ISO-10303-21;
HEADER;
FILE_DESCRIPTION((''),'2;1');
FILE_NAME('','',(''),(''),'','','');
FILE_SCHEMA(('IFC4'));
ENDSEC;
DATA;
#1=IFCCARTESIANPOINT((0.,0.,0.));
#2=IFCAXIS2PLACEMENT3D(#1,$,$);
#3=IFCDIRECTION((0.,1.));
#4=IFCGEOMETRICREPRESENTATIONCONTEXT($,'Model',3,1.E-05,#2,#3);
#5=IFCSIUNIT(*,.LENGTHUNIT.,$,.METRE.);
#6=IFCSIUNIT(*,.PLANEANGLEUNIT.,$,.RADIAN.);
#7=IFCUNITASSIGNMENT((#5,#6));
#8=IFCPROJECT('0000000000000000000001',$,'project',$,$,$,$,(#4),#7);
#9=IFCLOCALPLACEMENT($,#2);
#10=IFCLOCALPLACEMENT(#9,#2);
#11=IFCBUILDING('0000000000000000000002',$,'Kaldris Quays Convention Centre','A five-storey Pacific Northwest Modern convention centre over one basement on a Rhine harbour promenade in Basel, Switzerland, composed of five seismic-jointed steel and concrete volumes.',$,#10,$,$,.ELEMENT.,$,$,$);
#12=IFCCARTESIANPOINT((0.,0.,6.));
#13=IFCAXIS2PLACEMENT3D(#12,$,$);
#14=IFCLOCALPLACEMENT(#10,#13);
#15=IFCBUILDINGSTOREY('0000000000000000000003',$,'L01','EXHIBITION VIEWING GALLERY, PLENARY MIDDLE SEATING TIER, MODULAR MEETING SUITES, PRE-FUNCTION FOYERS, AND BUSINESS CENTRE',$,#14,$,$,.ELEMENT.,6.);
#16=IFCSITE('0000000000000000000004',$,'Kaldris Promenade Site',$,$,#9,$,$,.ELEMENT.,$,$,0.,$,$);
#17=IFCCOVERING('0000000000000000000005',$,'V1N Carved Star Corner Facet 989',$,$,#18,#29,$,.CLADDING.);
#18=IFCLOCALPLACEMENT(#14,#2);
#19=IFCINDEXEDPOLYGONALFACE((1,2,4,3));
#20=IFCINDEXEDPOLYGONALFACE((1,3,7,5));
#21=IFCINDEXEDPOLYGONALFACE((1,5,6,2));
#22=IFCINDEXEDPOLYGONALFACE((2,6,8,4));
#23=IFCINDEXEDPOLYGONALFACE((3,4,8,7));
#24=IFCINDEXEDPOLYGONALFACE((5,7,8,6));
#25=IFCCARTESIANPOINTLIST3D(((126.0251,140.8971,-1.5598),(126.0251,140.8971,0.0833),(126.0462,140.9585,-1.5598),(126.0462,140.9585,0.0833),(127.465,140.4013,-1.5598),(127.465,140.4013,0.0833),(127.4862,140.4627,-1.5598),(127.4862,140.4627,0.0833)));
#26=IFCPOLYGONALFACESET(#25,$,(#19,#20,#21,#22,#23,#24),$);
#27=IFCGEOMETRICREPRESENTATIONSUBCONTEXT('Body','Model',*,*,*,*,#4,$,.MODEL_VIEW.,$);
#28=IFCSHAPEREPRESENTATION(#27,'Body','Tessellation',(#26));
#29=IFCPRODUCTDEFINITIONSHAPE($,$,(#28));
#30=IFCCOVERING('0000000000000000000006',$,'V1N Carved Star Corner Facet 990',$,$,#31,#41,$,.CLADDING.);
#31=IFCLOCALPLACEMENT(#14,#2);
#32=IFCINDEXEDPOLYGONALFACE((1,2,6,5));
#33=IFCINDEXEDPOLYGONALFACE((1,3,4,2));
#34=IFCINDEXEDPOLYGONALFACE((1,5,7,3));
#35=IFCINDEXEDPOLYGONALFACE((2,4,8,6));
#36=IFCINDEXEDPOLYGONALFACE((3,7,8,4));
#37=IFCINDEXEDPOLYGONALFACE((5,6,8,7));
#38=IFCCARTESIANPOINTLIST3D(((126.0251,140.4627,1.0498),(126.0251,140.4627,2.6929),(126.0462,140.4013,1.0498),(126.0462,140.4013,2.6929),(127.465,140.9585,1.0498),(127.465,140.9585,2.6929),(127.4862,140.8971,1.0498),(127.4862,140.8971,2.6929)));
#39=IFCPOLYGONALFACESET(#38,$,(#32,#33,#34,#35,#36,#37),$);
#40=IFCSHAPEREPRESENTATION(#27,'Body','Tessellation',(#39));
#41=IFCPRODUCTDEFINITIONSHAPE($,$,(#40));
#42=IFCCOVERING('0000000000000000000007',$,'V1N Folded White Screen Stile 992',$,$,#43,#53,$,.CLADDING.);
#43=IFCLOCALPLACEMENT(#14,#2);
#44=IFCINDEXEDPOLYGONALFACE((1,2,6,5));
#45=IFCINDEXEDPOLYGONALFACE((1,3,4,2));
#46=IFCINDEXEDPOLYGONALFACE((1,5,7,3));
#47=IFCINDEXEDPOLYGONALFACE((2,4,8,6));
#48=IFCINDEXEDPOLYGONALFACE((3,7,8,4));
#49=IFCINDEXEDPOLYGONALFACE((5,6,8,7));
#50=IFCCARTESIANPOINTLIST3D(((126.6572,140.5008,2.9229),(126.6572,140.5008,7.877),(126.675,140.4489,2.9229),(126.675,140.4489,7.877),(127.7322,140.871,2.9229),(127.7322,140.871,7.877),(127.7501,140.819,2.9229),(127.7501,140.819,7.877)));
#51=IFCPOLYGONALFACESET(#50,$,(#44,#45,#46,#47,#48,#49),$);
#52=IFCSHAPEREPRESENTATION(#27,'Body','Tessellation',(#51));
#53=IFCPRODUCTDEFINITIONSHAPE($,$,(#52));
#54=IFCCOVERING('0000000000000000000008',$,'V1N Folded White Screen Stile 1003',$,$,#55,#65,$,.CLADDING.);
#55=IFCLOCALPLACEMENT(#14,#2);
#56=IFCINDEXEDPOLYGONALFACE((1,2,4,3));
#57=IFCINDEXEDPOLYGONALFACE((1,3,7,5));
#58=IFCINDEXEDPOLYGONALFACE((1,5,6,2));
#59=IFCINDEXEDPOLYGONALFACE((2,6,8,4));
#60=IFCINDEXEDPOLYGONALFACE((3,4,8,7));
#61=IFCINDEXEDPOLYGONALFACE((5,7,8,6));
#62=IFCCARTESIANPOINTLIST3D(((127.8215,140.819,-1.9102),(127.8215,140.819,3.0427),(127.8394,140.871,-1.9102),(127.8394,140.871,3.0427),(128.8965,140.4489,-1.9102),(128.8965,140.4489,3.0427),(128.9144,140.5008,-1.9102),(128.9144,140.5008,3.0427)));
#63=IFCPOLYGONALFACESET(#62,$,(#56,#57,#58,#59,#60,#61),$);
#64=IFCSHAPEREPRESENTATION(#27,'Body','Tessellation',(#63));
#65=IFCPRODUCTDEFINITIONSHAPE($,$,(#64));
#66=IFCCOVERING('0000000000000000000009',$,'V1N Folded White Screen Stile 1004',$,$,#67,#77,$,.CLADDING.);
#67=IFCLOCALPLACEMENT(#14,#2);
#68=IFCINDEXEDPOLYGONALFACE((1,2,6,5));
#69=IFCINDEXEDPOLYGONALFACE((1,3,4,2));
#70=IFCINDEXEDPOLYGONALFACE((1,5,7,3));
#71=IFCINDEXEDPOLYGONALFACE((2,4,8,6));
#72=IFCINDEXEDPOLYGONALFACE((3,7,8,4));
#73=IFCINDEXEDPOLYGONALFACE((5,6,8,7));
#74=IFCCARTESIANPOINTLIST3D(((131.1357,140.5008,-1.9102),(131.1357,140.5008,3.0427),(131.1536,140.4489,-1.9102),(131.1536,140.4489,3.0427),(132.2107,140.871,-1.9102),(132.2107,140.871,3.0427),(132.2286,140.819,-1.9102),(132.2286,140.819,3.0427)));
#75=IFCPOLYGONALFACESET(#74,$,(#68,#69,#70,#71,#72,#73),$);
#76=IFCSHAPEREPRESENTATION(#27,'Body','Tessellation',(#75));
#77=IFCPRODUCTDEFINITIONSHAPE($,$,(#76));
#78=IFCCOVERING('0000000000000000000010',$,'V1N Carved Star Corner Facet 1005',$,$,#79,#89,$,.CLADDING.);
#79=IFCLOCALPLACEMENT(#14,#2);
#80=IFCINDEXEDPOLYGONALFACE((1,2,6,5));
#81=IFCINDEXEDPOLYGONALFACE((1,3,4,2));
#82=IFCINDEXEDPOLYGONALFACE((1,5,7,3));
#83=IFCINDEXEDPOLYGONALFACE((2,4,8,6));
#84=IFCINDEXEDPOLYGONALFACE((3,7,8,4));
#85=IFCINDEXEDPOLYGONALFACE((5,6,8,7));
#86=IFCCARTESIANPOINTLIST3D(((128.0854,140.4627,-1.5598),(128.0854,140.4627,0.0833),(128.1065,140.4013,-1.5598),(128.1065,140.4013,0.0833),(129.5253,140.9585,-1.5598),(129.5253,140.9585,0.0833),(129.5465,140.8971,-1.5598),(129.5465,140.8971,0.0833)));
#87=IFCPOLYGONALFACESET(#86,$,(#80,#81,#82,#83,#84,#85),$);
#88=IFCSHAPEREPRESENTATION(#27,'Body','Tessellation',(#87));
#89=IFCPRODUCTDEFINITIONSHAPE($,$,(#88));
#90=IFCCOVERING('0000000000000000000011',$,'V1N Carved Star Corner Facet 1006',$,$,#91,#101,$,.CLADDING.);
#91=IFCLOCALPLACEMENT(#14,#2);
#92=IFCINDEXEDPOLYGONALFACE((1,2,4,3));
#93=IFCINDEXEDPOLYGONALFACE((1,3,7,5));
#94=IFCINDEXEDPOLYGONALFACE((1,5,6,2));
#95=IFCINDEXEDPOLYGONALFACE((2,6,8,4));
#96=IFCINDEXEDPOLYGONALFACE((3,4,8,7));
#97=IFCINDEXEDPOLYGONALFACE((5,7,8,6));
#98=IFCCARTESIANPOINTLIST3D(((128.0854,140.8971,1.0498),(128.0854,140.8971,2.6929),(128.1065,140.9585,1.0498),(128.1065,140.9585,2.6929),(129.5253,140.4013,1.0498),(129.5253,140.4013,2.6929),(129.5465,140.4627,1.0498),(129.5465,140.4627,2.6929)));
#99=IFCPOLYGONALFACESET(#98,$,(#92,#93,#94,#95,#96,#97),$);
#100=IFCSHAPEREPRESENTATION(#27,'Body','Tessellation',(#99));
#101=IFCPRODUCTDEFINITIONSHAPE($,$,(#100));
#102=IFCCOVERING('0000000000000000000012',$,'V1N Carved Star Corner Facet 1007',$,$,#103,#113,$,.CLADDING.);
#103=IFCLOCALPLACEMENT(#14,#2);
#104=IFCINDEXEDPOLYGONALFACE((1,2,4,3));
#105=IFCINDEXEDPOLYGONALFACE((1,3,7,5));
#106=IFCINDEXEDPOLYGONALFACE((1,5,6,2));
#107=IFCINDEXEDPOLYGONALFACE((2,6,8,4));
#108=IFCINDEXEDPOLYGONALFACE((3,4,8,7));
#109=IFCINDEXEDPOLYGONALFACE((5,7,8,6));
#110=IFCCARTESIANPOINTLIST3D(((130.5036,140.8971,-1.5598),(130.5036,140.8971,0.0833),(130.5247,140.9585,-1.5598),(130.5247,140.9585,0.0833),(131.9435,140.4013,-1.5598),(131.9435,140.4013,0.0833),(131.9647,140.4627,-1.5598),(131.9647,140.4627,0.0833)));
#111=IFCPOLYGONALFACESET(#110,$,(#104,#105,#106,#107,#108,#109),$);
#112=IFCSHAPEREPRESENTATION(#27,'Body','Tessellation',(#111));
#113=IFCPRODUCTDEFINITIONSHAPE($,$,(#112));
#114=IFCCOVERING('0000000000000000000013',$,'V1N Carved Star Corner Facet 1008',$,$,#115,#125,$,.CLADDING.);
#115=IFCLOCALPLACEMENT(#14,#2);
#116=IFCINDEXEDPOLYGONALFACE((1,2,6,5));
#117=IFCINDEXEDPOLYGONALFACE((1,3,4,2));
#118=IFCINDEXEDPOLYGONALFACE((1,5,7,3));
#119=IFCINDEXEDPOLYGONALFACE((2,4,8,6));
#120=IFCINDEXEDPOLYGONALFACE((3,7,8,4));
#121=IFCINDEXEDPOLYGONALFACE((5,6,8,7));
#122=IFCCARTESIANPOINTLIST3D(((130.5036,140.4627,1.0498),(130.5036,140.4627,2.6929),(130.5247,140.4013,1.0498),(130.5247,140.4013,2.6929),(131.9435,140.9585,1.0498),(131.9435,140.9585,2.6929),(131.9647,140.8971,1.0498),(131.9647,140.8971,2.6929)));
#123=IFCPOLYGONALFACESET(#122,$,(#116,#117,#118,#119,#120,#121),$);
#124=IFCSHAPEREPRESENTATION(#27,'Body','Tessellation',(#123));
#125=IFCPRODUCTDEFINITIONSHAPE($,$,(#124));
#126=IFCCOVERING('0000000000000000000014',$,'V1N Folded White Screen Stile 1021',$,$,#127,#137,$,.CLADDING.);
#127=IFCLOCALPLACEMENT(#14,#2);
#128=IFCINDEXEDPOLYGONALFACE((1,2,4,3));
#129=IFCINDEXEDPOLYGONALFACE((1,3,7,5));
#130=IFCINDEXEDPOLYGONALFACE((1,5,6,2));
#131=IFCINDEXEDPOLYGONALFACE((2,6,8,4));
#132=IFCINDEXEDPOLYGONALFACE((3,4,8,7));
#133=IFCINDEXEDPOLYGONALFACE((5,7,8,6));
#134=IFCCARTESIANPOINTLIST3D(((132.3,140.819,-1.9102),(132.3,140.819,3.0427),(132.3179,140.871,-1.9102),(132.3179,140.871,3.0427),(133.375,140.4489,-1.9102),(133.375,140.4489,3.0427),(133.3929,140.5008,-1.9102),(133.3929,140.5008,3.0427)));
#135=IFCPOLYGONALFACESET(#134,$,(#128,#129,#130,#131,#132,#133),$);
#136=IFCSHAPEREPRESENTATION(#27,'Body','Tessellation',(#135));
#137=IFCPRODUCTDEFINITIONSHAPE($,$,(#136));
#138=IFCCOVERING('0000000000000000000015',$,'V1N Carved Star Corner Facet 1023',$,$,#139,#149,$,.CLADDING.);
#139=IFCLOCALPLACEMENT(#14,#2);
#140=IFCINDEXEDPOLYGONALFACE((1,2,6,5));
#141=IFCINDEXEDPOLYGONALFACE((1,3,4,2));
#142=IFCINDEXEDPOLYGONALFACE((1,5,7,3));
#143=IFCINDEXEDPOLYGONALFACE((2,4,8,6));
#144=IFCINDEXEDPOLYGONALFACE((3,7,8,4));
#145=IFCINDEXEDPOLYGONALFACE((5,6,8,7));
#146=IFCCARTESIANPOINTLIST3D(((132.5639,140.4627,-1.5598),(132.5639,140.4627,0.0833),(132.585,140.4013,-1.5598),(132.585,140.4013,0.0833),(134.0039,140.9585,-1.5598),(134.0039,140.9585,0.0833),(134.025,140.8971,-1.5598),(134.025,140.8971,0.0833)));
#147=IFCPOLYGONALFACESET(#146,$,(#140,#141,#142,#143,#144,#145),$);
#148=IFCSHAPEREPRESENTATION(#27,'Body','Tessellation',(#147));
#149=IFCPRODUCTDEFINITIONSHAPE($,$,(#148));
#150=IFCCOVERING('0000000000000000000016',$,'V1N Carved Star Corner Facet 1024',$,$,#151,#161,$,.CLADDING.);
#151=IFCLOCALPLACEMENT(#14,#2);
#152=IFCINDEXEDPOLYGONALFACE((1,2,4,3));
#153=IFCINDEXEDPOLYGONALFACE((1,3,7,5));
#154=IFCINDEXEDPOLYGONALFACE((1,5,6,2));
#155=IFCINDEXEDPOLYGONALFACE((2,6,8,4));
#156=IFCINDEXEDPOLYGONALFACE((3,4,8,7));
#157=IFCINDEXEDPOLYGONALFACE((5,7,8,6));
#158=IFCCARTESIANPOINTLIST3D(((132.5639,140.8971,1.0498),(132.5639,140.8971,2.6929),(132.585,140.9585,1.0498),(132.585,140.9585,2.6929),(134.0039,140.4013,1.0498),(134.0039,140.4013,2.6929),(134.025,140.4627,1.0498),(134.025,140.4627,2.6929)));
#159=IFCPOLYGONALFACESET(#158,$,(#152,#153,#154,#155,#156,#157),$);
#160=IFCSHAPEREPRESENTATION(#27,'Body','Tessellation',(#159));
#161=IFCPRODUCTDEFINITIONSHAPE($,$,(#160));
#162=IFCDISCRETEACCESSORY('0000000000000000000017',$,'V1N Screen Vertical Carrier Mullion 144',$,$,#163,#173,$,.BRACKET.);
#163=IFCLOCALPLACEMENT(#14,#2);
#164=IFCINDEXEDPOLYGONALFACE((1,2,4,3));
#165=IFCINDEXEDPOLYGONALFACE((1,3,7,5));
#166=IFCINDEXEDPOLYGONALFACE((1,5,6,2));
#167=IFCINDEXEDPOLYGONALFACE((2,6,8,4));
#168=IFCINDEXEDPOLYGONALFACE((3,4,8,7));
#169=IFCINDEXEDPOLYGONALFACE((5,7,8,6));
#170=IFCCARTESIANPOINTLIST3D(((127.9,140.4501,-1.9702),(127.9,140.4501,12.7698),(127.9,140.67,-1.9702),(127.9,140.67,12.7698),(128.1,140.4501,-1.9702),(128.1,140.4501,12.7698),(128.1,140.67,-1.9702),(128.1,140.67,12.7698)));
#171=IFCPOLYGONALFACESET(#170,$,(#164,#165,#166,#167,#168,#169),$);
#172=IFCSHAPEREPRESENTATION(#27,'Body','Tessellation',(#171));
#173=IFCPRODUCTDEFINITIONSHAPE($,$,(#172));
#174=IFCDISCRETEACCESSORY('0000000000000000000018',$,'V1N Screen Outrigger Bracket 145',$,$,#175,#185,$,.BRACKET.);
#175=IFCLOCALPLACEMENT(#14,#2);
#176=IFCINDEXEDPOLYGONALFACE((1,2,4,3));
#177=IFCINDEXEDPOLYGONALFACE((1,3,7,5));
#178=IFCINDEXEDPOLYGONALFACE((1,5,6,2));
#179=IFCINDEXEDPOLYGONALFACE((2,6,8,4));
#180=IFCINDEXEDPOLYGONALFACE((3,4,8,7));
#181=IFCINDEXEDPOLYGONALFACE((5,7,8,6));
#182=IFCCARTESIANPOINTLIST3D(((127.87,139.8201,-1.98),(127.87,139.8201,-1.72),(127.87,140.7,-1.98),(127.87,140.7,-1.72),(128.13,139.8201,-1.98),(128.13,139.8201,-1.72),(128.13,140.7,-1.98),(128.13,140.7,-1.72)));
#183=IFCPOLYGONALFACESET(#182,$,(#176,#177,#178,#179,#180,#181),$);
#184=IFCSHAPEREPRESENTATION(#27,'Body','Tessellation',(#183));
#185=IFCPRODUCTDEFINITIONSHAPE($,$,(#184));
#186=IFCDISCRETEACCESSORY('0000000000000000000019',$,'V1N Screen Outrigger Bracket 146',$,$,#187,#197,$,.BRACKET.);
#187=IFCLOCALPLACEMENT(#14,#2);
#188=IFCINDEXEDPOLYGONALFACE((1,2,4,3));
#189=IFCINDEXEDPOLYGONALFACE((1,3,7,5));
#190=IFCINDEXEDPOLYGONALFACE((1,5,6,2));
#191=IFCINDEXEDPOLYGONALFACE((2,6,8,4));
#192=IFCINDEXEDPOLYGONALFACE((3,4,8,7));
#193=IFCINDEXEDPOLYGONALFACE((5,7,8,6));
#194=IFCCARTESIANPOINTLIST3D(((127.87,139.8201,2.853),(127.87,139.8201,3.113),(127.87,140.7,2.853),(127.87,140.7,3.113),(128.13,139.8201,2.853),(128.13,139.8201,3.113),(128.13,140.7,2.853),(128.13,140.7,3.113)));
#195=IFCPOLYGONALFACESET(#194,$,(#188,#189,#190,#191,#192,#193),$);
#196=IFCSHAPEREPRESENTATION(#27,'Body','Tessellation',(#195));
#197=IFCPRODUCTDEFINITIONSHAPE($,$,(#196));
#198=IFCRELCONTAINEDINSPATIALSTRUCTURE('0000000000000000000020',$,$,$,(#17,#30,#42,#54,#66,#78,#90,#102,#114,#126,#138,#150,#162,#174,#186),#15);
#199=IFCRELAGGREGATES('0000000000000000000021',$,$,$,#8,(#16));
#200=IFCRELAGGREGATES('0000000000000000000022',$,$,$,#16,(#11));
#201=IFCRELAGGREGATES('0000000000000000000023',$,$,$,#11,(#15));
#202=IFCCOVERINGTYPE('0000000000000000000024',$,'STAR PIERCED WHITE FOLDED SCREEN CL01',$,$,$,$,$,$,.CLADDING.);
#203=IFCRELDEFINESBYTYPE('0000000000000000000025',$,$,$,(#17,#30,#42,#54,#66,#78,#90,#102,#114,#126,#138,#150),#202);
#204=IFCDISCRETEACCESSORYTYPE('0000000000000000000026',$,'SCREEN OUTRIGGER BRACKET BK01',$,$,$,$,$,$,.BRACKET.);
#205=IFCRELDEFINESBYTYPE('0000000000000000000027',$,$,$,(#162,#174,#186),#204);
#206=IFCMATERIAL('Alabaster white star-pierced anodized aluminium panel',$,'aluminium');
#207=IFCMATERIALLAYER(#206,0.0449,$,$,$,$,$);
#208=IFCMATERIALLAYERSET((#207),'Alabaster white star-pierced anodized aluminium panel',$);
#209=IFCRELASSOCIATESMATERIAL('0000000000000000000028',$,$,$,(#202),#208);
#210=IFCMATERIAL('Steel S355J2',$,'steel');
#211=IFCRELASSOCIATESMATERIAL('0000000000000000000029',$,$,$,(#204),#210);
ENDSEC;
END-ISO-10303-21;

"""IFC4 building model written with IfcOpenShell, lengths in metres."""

from ifc_helpers import new_model, si_unit, direction, frame, origin, origin_2d, place, context, subcontext, project, spatial, rectangle, extrude, material, layer, layer_set, type_object, element, save


model = new_model("IFC4")

# Units and contexts
model_context = context("Model", 3, precision=1e-05, world=origin(), true_north=direction((0.0, 1.0)))
body_context = subcontext(model_context, "Body", "Model", "MODEL_VIEW")
ifc_project = project(units=[si_unit("LENGTHUNIT", "METRE"), si_unit("PLANEANGLEUNIT", "RADIAN")], contexts=[model_context])

# Site, building, storey
site_placement = place(None, origin())
site = spatial("IfcSite", under=ifc_project, at=site_placement, Name="Kaldris Promenade Site", CompositionType="ELEMENT", RefElevation=0.0)
building_placement = place(site_placement, origin())
building = spatial("IfcBuilding", under=site, at=building_placement, Name="Kaldris Quays Convention Centre", Description="A five-storey Pacific Northwest Modern convention centre over one basement on a Rhine harbour promenade in Basel, Switzerland, composed of five seismic-jointed steel and concrete volumes.", CompositionType="ELEMENT")
storey_placement = place(building_placement, frame((0.0, 0.0, 6.0)))
storey = spatial("IfcBuildingStorey", under=building, at=storey_placement, Name="L01", Description="EXHIBITION VIEWING GALLERY, PLENARY MIDDLE SEATING TIER, MODULAR MEETING SUITES, PRE-FUNCTION FOYERS, AND BUSINESS CENTRE", CompositionType="ELEMENT", Elevation=6.0)

# Shared definitions
ifc_material_1 = material(Name="Steel S355J2", Category="steel")

# Coverings
ifc_material_2 = material(Name="Alabaster white star-pierced anodized aluminium panel", Category="aluminium")
ifc_layer_1 = layer(ifc_material_2, 0.0449)
ifc_layer_set_1 = layer_set([ifc_layer_1], Name="Alabaster white star-pierced anodized aluminium panel")
covering_type = type_object("IfcCoveringType", Name="STAR PIERCED WHITE FOLDED SCREEN CL01", PredefinedType="CLADDING", material=ifc_layer_set_1)
for number, where, z_axis, x_axis, name in (
    (1, (126.7556, 140.6799, -1.5598), (0.0, 0.0, 1.0), (0.945519, -0.325568, 0.0), "V1N Carved Star Corner Facet 989"),
    (2, (126.7556, 140.6799, 1.0498), (0.0, 0.0, 1.0), (0.945519, 0.325568, 0.0), "V1N Carved Star Corner Facet 990"),
):
    element("IfcCovering", number, at=place(storey_placement, frame(where, z_axis=z_axis, x_axis=x_axis)), inside=storey, type_object=covering_type, Name=name, PredefinedType="CLADDING", context=body_context, shape_type="SweptSolid", body=[
        extrude(rectangle(XDim=1.5229, YDim=0.0649, at=origin_2d()), origin(), (0.0, 0.0, 1.0), 1.6431),
    ])
covering_1_placement = place(storey_placement, frame((127.2036, 140.6599, 2.9229), z_axis=(0.0, 0.0, 1.0), x_axis=(0.945519, 0.325568, 0.0)))
element("IfcCovering", 3, at=covering_1_placement, inside=storey, type_object=covering_type, Name="V1N Folded White Screen Stile 992", PredefinedType="CLADDING", context=body_context, shape_type="SweptSolid", body=[
    extrude(rectangle(XDim=1.137, YDim=0.0549, at=origin_2d()), origin(), (0.0, 0.0, 1.0), 4.9541),
])
for number, where, z_axis, x_axis, name in (
    (4, (128.3679, 140.6599, -1.9102), (0.0, 0.0, 1.0), (0.945519, -0.325568, 0.0), "V1N Folded White Screen Stile 1003"),
    (5, (131.6821, 140.6599, -1.9102), (0.0, 0.0, 1.0), (0.945519, 0.325568, 0.0), "V1N Folded White Screen Stile 1004"),
):
    element("IfcCovering", number, at=place(storey_placement, frame(where, z_axis=z_axis, x_axis=x_axis)), inside=storey, type_object=covering_type, Name=name, PredefinedType="CLADDING", context=body_context, shape_type="SweptSolid", body=[
        extrude(rectangle(XDim=1.137, YDim=0.0549, at=origin_2d()), origin(), (0.0, 0.0, 1.0), 4.9529),
    ])
for number, where, z_axis, x_axis, name in (
    (6, (128.8159, 140.6799, -1.5598), (0.0, 0.0, 1.0), (0.945519, 0.325568, 0.0), "V1N Carved Star Corner Facet 1005"),
    (7, (128.8159, 140.6799, 1.0498), (0.0, 0.0, 1.0), (0.945519, -0.325568, 0.0), "V1N Carved Star Corner Facet 1006"),
    (8, (131.2341, 140.6799, -1.5598), (0.0, 0.0, 1.0), (0.945519, -0.325568, 0.0), "V1N Carved Star Corner Facet 1007"),
    (9, (131.2341, 140.6799, 1.0498), (0.0, 0.0, 1.0), (0.945519, 0.325568, 0.0), "V1N Carved Star Corner Facet 1008"),
):
    element("IfcCovering", number, at=place(storey_placement, frame(where, z_axis=z_axis, x_axis=x_axis)), inside=storey, type_object=covering_type, Name=name, PredefinedType="CLADDING", context=body_context, shape_type="SweptSolid", body=[
        extrude(rectangle(XDim=1.5229, YDim=0.0649, at=origin_2d()), origin(), (0.0, 0.0, 1.0), 1.6431),
    ])
covering_2_placement = place(storey_placement, frame((132.8464, 140.6599, -1.9102), z_axis=(0.0, 0.0, 1.0), x_axis=(0.945519, -0.325568, 0.0)))
element("IfcCovering", 10, at=covering_2_placement, inside=storey, type_object=covering_type, Name="V1N Folded White Screen Stile 1021", PredefinedType="CLADDING", context=body_context, shape_type="SweptSolid", body=[
    extrude(rectangle(XDim=1.137, YDim=0.0549, at=origin_2d()), origin(), (0.0, 0.0, 1.0), 4.9529),
])
for number, where, z_axis, x_axis, name in (
    (11, (133.2944, 140.6799, -1.5598), (0.0, 0.0, 1.0), (0.945519, 0.325568, 0.0), "V1N Carved Star Corner Facet 1023"),
    (12, (133.2944, 140.6799, 1.0498), (0.0, 0.0, 1.0), (0.945519, -0.325568, 0.0), "V1N Carved Star Corner Facet 1024"),
):
    element("IfcCovering", number, at=place(storey_placement, frame(where, z_axis=z_axis, x_axis=x_axis)), inside=storey, type_object=covering_type, Name=name, PredefinedType="CLADDING", context=body_context, shape_type="SweptSolid", body=[
        extrude(rectangle(XDim=1.5229, YDim=0.0649, at=origin_2d()), origin(), (0.0, 0.0, 1.0), 1.6431),
    ])

# Discrete accessories
discrete_accessory_type = type_object("IfcDiscreteAccessoryType", Name="SCREEN OUTRIGGER BRACKET BK01", PredefinedType="BRACKET", material=ifc_material_1)
discrete_accessory_placement = place(storey_placement, frame((128.0, 140.5601, -1.9702), z_axis=(0.0, 0.0, 1.0), x_axis=(1.0, 0.0, 0.0)))
element("IfcDiscreteAccessory", 13, at=discrete_accessory_placement, inside=storey, type_object=discrete_accessory_type, Name="V1N Screen Vertical Carrier Mullion 144", PredefinedType="BRACKET", context=body_context, shape_type="SweptSolid", body=[
    extrude(rectangle(XDim=0.2, YDim=0.22, at=origin_2d()), origin(), (0.0, 0.0, 1.0), 14.74),
])
for number, where, z_axis, x_axis, name in (
    (14, (128.0, 140.26, -1.98), (0.0, 0.0, 1.0), (1.0, 0.0, 0.0), "V1N Screen Outrigger Bracket 145"),
    (15, (128.0, 140.26, 2.853), (0.0, 0.0, 1.0), (1.0, 0.0, 0.0), "V1N Screen Outrigger Bracket 146"),
):
    element("IfcDiscreteAccessory", number, at=place(storey_placement, frame(where, z_axis=z_axis, x_axis=x_axis)), inside=storey, type_object=discrete_accessory_type, Name=name, PredefinedType="BRACKET", context=body_context, shape_type="SweptSolid", body=[
        extrude(rectangle(XDim=0.26, YDim=0.8799, at=origin_2d()), origin(), (0.0, 0.0, 1.0), 0.26),
    ])

save(model, "model.ifc")
